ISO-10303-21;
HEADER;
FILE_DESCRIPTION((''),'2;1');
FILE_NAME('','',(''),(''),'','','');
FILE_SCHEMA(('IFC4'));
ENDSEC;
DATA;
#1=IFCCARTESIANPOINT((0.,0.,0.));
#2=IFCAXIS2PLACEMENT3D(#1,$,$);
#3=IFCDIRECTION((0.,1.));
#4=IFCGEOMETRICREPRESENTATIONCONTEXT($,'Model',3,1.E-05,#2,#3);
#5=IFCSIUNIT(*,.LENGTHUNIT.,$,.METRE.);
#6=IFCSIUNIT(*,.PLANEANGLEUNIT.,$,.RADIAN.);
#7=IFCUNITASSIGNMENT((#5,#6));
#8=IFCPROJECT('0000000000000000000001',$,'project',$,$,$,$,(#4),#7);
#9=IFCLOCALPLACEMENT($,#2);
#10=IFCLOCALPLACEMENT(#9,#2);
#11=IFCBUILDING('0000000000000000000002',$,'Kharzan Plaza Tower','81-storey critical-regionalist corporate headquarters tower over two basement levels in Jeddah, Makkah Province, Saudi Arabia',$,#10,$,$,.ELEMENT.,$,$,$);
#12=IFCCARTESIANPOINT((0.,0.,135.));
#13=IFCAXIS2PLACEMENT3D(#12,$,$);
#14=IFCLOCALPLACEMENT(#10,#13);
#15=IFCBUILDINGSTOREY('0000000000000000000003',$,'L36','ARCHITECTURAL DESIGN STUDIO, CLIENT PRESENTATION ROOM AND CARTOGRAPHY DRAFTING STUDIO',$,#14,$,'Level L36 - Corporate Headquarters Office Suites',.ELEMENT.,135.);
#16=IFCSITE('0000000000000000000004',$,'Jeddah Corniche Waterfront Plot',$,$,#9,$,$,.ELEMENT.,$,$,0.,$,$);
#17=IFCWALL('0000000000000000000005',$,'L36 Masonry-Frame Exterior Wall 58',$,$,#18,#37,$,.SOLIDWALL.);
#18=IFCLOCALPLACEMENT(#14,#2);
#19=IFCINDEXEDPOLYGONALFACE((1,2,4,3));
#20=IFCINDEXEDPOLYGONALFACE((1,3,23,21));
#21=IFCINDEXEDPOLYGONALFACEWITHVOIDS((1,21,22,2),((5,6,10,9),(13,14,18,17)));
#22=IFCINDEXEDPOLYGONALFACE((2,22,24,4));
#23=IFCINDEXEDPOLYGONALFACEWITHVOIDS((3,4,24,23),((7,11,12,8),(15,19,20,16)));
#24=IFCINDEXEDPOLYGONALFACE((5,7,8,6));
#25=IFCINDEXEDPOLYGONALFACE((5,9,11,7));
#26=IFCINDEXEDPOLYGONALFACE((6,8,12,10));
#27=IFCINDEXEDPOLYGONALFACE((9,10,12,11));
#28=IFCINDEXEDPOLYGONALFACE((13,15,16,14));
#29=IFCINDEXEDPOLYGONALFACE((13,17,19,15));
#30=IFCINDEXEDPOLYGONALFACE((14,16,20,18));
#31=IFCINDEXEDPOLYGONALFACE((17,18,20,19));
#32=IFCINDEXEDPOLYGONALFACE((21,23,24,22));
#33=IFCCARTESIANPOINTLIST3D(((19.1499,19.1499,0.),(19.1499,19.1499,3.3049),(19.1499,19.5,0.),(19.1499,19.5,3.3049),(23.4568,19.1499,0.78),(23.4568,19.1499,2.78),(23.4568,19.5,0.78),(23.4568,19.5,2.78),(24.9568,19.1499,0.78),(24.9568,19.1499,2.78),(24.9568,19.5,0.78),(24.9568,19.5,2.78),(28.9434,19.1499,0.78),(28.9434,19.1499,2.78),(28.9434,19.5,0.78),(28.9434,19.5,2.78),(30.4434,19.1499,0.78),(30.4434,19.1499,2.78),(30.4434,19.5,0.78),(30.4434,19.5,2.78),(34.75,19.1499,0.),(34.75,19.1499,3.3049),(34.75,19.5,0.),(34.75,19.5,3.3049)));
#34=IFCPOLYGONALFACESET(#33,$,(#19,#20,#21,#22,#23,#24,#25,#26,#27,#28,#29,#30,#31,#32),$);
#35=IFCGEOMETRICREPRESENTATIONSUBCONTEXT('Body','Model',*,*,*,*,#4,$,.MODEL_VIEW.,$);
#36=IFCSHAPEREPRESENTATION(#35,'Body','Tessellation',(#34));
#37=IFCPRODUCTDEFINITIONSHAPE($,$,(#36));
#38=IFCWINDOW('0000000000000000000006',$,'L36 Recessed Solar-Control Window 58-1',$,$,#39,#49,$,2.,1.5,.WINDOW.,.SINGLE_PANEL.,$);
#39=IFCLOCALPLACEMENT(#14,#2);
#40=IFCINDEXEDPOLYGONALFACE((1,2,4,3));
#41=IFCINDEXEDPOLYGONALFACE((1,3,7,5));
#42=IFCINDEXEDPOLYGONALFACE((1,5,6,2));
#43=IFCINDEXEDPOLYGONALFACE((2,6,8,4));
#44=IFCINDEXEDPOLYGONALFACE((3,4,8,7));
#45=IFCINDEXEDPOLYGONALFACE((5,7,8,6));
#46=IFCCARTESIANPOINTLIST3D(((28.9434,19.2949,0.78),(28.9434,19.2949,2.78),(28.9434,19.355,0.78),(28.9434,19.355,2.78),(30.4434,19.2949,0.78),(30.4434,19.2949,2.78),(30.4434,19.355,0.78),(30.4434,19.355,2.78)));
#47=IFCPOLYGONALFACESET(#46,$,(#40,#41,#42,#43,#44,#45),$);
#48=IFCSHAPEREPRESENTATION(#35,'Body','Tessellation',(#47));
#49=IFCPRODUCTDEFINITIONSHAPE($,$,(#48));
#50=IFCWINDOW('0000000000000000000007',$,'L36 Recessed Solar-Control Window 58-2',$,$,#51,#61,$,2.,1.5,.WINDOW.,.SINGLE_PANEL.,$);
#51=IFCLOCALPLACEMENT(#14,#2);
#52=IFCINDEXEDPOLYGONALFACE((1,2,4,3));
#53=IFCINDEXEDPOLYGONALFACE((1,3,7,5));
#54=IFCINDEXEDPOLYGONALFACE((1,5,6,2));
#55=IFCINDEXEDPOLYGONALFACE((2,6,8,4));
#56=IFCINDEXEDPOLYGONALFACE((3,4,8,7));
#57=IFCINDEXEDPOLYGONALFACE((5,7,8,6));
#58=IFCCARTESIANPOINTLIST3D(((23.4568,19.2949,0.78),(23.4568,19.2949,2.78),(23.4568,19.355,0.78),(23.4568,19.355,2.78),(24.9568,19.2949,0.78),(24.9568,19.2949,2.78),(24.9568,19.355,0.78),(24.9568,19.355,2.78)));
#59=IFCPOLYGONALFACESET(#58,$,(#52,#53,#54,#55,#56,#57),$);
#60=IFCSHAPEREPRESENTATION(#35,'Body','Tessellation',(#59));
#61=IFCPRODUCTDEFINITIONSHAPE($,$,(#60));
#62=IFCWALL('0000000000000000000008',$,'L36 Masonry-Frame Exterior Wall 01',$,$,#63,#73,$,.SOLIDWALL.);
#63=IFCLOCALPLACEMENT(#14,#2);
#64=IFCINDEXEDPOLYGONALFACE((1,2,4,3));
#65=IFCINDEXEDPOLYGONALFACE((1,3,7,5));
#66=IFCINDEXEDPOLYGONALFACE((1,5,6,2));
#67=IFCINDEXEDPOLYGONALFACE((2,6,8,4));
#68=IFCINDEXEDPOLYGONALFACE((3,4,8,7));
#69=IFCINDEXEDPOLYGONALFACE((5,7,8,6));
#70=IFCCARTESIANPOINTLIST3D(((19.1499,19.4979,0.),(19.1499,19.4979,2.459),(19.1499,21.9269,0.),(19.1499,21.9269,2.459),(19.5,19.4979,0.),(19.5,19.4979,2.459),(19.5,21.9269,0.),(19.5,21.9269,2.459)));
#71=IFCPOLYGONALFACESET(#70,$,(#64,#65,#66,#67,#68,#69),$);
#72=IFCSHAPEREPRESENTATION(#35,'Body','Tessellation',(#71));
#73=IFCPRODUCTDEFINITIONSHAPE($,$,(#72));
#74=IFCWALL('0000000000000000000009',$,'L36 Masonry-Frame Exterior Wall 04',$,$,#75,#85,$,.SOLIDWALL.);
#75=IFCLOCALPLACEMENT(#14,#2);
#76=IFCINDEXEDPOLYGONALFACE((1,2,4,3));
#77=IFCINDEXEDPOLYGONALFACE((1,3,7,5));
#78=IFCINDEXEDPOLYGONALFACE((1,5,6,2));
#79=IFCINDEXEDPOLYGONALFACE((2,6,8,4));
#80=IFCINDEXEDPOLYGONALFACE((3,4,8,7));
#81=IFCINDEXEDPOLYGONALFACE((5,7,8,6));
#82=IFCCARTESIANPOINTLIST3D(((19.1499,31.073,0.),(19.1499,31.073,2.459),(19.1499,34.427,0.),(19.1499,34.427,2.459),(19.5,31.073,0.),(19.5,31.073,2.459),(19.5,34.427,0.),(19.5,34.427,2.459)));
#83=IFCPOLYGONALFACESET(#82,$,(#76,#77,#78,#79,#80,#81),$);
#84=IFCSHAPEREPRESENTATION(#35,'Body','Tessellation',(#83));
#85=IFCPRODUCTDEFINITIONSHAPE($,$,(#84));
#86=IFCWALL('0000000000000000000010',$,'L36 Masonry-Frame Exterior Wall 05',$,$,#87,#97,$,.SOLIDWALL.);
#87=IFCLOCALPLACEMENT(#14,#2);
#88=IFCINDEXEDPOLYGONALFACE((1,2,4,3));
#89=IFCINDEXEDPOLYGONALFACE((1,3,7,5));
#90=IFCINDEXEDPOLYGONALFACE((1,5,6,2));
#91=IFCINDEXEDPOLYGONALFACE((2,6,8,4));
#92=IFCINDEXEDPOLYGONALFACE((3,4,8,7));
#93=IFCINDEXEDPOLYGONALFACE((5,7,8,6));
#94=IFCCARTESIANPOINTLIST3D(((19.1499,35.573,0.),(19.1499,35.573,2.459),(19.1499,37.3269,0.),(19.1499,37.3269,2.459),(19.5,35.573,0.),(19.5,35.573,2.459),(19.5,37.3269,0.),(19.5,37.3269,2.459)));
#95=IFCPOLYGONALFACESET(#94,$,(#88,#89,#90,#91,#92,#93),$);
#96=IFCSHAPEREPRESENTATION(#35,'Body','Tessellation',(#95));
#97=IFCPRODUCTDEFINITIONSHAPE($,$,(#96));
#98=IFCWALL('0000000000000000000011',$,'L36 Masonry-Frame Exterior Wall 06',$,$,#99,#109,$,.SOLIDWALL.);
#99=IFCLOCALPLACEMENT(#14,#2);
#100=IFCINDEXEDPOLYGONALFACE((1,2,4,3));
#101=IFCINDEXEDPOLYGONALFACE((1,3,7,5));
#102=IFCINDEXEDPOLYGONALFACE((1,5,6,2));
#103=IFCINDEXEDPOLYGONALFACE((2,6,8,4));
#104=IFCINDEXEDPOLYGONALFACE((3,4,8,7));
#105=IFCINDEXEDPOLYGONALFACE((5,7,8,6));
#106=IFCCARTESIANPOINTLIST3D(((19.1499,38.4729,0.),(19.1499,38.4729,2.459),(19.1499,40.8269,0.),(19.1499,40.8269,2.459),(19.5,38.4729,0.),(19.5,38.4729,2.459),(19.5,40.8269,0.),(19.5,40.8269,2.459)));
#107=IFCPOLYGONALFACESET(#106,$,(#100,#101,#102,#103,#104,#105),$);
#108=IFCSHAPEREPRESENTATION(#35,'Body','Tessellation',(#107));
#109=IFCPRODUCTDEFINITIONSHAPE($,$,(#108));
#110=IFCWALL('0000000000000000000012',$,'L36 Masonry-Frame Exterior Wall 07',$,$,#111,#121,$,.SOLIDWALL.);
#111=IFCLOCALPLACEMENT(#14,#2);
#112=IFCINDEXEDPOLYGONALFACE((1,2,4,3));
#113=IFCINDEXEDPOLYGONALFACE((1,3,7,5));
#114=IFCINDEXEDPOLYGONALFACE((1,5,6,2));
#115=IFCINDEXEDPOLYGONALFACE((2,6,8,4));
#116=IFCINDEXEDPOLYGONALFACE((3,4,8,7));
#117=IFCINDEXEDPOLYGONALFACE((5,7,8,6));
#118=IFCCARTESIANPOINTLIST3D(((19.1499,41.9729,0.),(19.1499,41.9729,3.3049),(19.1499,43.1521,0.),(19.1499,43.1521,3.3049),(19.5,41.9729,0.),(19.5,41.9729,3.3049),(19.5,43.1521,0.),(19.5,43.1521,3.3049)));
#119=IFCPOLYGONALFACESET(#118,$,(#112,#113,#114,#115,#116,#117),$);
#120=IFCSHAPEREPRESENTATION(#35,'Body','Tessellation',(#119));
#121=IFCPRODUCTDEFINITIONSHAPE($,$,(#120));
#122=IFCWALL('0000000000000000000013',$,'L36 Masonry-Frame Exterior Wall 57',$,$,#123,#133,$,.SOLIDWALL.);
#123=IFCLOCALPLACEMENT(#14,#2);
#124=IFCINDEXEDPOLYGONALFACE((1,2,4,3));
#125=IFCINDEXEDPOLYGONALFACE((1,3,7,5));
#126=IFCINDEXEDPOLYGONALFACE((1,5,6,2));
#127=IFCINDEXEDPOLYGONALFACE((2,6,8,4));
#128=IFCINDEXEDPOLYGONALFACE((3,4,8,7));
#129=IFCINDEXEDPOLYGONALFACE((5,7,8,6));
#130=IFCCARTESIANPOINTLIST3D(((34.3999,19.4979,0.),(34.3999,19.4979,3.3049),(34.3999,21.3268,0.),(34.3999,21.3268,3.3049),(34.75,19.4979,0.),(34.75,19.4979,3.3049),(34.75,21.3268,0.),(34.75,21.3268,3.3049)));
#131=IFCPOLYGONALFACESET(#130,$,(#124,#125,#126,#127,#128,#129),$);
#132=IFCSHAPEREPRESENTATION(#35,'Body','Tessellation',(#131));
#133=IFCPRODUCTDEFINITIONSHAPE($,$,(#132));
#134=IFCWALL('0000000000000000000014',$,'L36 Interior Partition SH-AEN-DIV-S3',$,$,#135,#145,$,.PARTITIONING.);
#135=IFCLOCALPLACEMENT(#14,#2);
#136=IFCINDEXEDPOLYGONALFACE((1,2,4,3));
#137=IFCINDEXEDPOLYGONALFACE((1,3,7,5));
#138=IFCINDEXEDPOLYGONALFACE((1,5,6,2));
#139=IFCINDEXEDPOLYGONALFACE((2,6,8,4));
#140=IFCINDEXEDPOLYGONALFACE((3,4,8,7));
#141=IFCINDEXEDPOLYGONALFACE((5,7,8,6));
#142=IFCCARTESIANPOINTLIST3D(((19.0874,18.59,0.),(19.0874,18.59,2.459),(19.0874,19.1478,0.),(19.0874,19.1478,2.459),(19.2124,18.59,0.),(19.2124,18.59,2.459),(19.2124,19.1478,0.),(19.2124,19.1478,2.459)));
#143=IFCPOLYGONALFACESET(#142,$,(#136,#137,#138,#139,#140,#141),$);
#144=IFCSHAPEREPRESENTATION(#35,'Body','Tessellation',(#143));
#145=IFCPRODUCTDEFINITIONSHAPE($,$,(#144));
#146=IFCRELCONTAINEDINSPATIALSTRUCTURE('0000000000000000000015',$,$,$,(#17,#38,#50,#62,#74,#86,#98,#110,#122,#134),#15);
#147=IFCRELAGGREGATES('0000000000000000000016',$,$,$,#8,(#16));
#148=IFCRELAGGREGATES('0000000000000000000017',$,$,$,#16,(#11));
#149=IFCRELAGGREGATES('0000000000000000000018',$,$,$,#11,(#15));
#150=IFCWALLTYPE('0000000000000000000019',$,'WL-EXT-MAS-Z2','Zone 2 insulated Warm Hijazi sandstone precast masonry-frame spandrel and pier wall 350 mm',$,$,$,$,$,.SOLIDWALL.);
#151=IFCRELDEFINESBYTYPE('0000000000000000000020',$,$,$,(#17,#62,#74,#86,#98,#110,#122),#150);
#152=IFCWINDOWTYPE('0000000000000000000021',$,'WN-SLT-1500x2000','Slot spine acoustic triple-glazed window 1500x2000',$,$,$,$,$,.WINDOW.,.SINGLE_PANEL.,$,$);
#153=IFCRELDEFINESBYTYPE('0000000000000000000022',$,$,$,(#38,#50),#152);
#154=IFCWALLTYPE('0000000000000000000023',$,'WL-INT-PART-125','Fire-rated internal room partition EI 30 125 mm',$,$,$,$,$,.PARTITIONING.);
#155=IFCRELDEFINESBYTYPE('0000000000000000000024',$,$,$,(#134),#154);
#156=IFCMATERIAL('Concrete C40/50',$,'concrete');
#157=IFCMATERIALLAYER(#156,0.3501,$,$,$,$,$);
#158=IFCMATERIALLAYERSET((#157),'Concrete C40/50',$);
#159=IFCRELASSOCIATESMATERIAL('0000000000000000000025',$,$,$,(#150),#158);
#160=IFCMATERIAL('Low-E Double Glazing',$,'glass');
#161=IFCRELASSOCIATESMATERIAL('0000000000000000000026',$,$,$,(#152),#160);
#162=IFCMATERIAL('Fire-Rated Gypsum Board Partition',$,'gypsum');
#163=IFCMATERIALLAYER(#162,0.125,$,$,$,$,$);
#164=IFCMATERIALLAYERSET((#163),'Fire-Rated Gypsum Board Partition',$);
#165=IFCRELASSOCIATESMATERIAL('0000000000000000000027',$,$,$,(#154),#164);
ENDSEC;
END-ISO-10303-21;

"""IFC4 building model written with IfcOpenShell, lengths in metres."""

from ifc_helpers import new_model, si_unit, direction, frame, frame_2d, origin, place, context, subcontext, project, spatial, rectangle, extrude, source, transform, mapped, material, layer, layer_set, type_object, element, fill, save


model = new_model("IFC4")

# Units and contexts
model_context = context("Model", 3, precision=1e-05, world=origin(), true_north=direction((0.0, 1.0)))
body_context = subcontext(model_context, "Body", "Model", "MODEL_VIEW")
ifc_project = project(units=[si_unit("LENGTHUNIT", "METRE"), si_unit("PLANEANGLEUNIT", "RADIAN")], contexts=[model_context])

# Site, building, storey
site_placement = place(None, origin())
site = spatial("IfcSite", under=ifc_project, at=site_placement, Name="Jeddah Corniche Waterfront Plot", CompositionType="ELEMENT", RefElevation=0.0)
building_placement = place(site_placement, origin())
building = spatial("IfcBuilding", under=site, at=building_placement, Name="Kharzan Plaza Tower", Description="81-storey critical-regionalist corporate headquarters tower over two basement levels in Jeddah, Makkah Province, Saudi Arabia", CompositionType="ELEMENT")
storey_placement = place(building_placement, frame((0.0, 0.0, 135.0)))
storey = spatial("IfcBuildingStorey", under=building, at=storey_placement, Name="L36", Description="ARCHITECTURAL DESIGN STUDIO, CLIENT PRESENTATION ROOM AND CARTOGRAPHY DRAFTING STUDIO", LongName="Level L36 - Corporate Headquarters Office Suites", CompositionType="ELEMENT", Elevation=135.0)

# Shared definitions
ifc_material_1 = material(Name="Concrete C40/50", Category="concrete")
ifc_layer_1 = layer(ifc_material_1, 0.3501)
ifc_layer_set_1 = layer_set([ifc_layer_1], Name="Concrete C40/50")
wall_type_1 = type_object("IfcWallType", Name="WL-EXT-MAS-Z2", Description="Zone 2 insulated Warm Hijazi sandstone precast masonry-frame spandrel and pier wall 350 mm", PredefinedType="SOLIDWALL", material=ifc_layer_set_1)
ifc_material_2 = material(Name="Low-E Double Glazing", Category="glass")
window_type_1 = type_object("IfcWindowType", Name="WN-SLT-1500x2000", Description="Slot spine acoustic triple-glazed window 1500x2000", PartitioningType="SINGLE_PANEL", PredefinedType="WINDOW", material=ifc_material_2)

# Wall, openings, windows
wall_1_placement = place(storey_placement, frame((34.75, 19.325, 0.0), z_axis=(0.0, 0.0, 1.0), x_axis=(-1.0, 0.0, 0.0)))
wall_1 = element("IfcWall", 1, at=wall_1_placement, inside=storey, type_object=wall_type_1, Name="L36 Masonry-Frame Exterior Wall 58", PredefinedType="SOLIDWALL", context=body_context, shape_type="SweptSolid", body=[
    extrude(rectangle(XDim=15.6001, YDim=0.3501, at=frame_2d((7.8, 0.0))), origin(), (0.0, 0.0, 1.0), 3.3049),
])
opening_1_placement = place(wall_1_placement, frame((4.3066, 0.0, 0.78)))
opening_1 = element("IfcOpeningElement", 2, at=opening_1_placement, cuts=wall_1, PredefinedType="OPENING", context=body_context, shape_type="SweptSolid", body=[
    extrude(rectangle(XDim=1.5, YDim=2.0, at=frame_2d((0.75, 1.0))), frame((0.0, 0.1851, 0.0), z_axis=(0.0, -1.0, 0.0), x_axis=(1.0, 0.0, 0.0)), (0.0, 0.0, 1.0), 0.3701),
])
opening_2_placement = place(wall_1_placement, frame((9.7932, 0.0, 0.78)))
opening_2 = element("IfcOpeningElement", 3, at=opening_2_placement, cuts=wall_1, PredefinedType="OPENING", context=body_context, shape_type="SweptSolid", body=[
    extrude(rectangle(XDim=1.5, YDim=2.0, at=frame_2d((0.75, 1.0))), frame((0.0, 0.1851, 0.0), z_axis=(0.0, -1.0, 0.0), x_axis=(1.0, 0.0, 0.0)), (0.0, 0.0, 1.0), 0.3701),
])
shared_shape_1 = source(origin(), body_context, "Body", "SweptSolid", [
    extrude(rectangle(XDim=1.5, YDim=2.0, at=frame_2d((0.75, 1.0))), frame((0.0, 0.03, 0.0), z_axis=(0.0, -1.0, 0.0), x_axis=(1.0, 0.0, 0.0)), (0.0, 0.0, 1.0), 0.0601),
])
window_1_placement = place(opening_1_placement, origin())
window_1 = element("IfcWindow", 4, at=window_1_placement, inside=storey, type_object=window_type_1, Name="L36 Recessed Solar-Control Window 58-1", OverallHeight=2.0, OverallWidth=1.5, PartitioningType="SINGLE_PANEL", PredefinedType="WINDOW", context=body_context, shape_type="MappedRepresentation", body=[
    mapped(shared_shape_1, transform((0.0, 0.0, 0.0), x_axis=(1.0, 0.0, 0.0), y_axis=(0.0, 1.0, 0.0), z_axis=(0.0, 0.0, 1.0))),
])
fill(opening_1, window_1)
window_2_placement = place(opening_2_placement, origin())
window_2 = element("IfcWindow", 5, at=window_2_placement, inside=storey, type_object=window_type_1, Name="L36 Recessed Solar-Control Window 58-2", OverallHeight=2.0, OverallWidth=1.5, PartitioningType="SINGLE_PANEL", PredefinedType="WINDOW", context=body_context, shape_type="MappedRepresentation", body=[
    mapped(shared_shape_1, transform((0.0, 0.0, 0.0), x_axis=(1.0, 0.0, 0.0), y_axis=(0.0, 1.0, 0.0), z_axis=(0.0, 0.0, 1.0))),
])
fill(opening_2, window_2)

# Walls
shared_shape_2 = source(origin(), body_context, "Body", "SweptSolid", [
    extrude(rectangle(XDim=2.429, YDim=0.3501, at=frame_2d((1.2144, 0.0))), origin(), (0.0, 0.0, 1.0), 2.459),
])
wall_2_placement = place(storey_placement, frame((19.325, 19.498, 0.0), z_axis=(0.0, 0.0, 1.0), x_axis=(0.0, 1.0, 0.0)))
element("IfcWall", 6, at=wall_2_placement, inside=storey, type_object=wall_type_1, Name="L36 Masonry-Frame Exterior Wall 01", PredefinedType="SOLIDWALL", context=body_context, shape_type="MappedRepresentation", body=[
    mapped(shared_shape_2, transform((0.0, 0.0, 0.0), x_axis=(1.0, 0.0, 0.0), y_axis=(0.0, 1.0, 0.0), z_axis=(0.0, 0.0, 1.0))),
])
shared_shape_3 = source(origin(), body_context, "Body", "SweptSolid", [
    extrude(rectangle(XDim=3.354, YDim=0.3501, at=frame_2d((1.677, 0.0))), origin(), (0.0, 0.0, 1.0), 2.459),
])
wall_3_placement = place(storey_placement, frame((19.325, 31.073, 0.0), z_axis=(0.0, 0.0, 1.0), x_axis=(0.0, 1.0, 0.0)))
element("IfcWall", 7, at=wall_3_placement, inside=storey, type_object=wall_type_1, Name="L36 Masonry-Frame Exterior Wall 04", PredefinedType="SOLIDWALL", context=body_context, shape_type="MappedRepresentation", body=[
    mapped(shared_shape_3, transform((0.0, 0.0, 0.0), x_axis=(1.0, 0.0, 0.0), y_axis=(0.0, 1.0, 0.0), z_axis=(0.0, 0.0, 1.0))),
])
shared_shape_4 = source(origin(), body_context, "Body", "SweptSolid", [
    extrude(rectangle(XDim=1.7539, YDim=0.3501, at=frame_2d((0.877, 0.0))), origin(), (0.0, 0.0, 1.0), 2.459),
])
wall_4_placement = place(storey_placement, frame((19.325, 35.573, 0.0), z_axis=(0.0, 0.0, 1.0), x_axis=(0.0, 1.0, 0.0)))
element("IfcWall", 8, at=wall_4_placement, inside=storey, type_object=wall_type_1, Name="L36 Masonry-Frame Exterior Wall 05", PredefinedType="SOLIDWALL", context=body_context, shape_type="MappedRepresentation", body=[
    mapped(shared_shape_4, transform((0.0, 0.0, 0.0), x_axis=(1.0, 0.0, 0.0), y_axis=(0.0, 1.0, 0.0), z_axis=(0.0, 0.0, 1.0))),
])
shared_shape_5 = source(origin(), body_context, "Body", "SweptSolid", [
    extrude(rectangle(XDim=2.354, YDim=0.3501, at=frame_2d((1.177, 0.0))), origin(), (0.0, 0.0, 1.0), 2.459),
])
wall_5_placement = place(storey_placement, frame((19.325, 38.4729, 0.0), z_axis=(0.0, 0.0, 1.0), x_axis=(0.0, 1.0, 0.0)))
element("IfcWall", 9, at=wall_5_placement, inside=storey, type_object=wall_type_1, Name="L36 Masonry-Frame Exterior Wall 06", PredefinedType="SOLIDWALL", context=body_context, shape_type="MappedRepresentation", body=[
    mapped(shared_shape_5, transform((0.0, 0.0, 0.0), x_axis=(1.0, 0.0, 0.0), y_axis=(0.0, 1.0, 0.0), z_axis=(0.0, 0.0, 1.0))),
])
shared_shape_6 = source(origin(), body_context, "Body", "SweptSolid", [
    extrude(rectangle(XDim=1.1792, YDim=0.3501, at=frame_2d((0.5896, 0.0))), origin(), (0.0, 0.0, 1.0), 3.3049),
])
wall_6_placement = place(storey_placement, frame((19.325, 41.9729, 0.0), z_axis=(0.0, 0.0, 1.0), x_axis=(0.0, 1.0, 0.0)))
element("IfcWall", 10, at=wall_6_placement, inside=storey, type_object=wall_type_1, Name="L36 Masonry-Frame Exterior Wall 07", PredefinedType="SOLIDWALL", context=body_context, shape_type="MappedRepresentation", body=[
    mapped(shared_shape_6, transform((0.0, 0.0, 0.0), x_axis=(1.0, 0.0, 0.0), y_axis=(0.0, 1.0, 0.0), z_axis=(0.0, 0.0, 1.0))),
])
shared_shape_7 = source(origin(), body_context, "Body", "SweptSolid", [
    extrude(rectangle(XDim=1.8289, YDim=0.3501, at=frame_2d((0.9146, 0.0))), origin(), (0.0, 0.0, 1.0), 3.3049),
])
wall_7_placement = place(storey_placement, frame((34.575, 21.3269, 0.0), z_axis=(0.0, 0.0, 1.0), x_axis=(0.0, -1.0, 0.0)))
element("IfcWall", 11, at=wall_7_placement, inside=storey, type_object=wall_type_1, Name="L36 Masonry-Frame Exterior Wall 57", PredefinedType="SOLIDWALL", context=body_context, shape_type="MappedRepresentation", body=[
    mapped(shared_shape_7, transform((0.0, 0.0, 0.0), x_axis=(1.0, 0.0, 0.0), y_axis=(0.0, 1.0, 0.0), z_axis=(0.0, 0.0, 1.0))),
])
ifc_material_3 = material(Name="Fire-Rated Gypsum Board Partition", Category="gypsum")
ifc_layer_2 = layer(ifc_material_3, 0.125)
ifc_layer_set_2 = layer_set([ifc_layer_2], Name="Fire-Rated Gypsum Board Partition")
wall_type_2 = type_object("IfcWallType", Name="WL-INT-PART-125", Description="Fire-rated internal room partition EI 30 125 mm", PredefinedType="PARTITIONING", material=ifc_layer_set_2)
shared_shape_8 = source(origin(), body_context, "Body", "SweptSolid", [
    extrude(rectangle(XDim=0.5579, YDim=0.125, at=frame_2d((0.2788, 0.0))), origin(), (0.0, 0.0, 1.0), 2.459),
])
wall_8_placement = place(storey_placement, frame((19.1499, 18.5901, 0.0), z_axis=(0.0, 0.0, 1.0), x_axis=(0.0, 1.0, 0.0)))
element("IfcWall", 12, at=wall_8_placement, inside=storey, type_object=wall_type_2, Name="L36 Interior Partition SH-AEN-DIV-S3", PredefinedType="PARTITIONING", context=body_context, shape_type="MappedRepresentation", body=[
    mapped(shared_shape_8, transform((0.0, 0.0, 0.0), x_axis=(1.0, 0.0, 0.0), y_axis=(0.0, 1.0, 0.0), z_axis=(0.0, 0.0, 1.0))),
])

save(model, "model.ifc")
